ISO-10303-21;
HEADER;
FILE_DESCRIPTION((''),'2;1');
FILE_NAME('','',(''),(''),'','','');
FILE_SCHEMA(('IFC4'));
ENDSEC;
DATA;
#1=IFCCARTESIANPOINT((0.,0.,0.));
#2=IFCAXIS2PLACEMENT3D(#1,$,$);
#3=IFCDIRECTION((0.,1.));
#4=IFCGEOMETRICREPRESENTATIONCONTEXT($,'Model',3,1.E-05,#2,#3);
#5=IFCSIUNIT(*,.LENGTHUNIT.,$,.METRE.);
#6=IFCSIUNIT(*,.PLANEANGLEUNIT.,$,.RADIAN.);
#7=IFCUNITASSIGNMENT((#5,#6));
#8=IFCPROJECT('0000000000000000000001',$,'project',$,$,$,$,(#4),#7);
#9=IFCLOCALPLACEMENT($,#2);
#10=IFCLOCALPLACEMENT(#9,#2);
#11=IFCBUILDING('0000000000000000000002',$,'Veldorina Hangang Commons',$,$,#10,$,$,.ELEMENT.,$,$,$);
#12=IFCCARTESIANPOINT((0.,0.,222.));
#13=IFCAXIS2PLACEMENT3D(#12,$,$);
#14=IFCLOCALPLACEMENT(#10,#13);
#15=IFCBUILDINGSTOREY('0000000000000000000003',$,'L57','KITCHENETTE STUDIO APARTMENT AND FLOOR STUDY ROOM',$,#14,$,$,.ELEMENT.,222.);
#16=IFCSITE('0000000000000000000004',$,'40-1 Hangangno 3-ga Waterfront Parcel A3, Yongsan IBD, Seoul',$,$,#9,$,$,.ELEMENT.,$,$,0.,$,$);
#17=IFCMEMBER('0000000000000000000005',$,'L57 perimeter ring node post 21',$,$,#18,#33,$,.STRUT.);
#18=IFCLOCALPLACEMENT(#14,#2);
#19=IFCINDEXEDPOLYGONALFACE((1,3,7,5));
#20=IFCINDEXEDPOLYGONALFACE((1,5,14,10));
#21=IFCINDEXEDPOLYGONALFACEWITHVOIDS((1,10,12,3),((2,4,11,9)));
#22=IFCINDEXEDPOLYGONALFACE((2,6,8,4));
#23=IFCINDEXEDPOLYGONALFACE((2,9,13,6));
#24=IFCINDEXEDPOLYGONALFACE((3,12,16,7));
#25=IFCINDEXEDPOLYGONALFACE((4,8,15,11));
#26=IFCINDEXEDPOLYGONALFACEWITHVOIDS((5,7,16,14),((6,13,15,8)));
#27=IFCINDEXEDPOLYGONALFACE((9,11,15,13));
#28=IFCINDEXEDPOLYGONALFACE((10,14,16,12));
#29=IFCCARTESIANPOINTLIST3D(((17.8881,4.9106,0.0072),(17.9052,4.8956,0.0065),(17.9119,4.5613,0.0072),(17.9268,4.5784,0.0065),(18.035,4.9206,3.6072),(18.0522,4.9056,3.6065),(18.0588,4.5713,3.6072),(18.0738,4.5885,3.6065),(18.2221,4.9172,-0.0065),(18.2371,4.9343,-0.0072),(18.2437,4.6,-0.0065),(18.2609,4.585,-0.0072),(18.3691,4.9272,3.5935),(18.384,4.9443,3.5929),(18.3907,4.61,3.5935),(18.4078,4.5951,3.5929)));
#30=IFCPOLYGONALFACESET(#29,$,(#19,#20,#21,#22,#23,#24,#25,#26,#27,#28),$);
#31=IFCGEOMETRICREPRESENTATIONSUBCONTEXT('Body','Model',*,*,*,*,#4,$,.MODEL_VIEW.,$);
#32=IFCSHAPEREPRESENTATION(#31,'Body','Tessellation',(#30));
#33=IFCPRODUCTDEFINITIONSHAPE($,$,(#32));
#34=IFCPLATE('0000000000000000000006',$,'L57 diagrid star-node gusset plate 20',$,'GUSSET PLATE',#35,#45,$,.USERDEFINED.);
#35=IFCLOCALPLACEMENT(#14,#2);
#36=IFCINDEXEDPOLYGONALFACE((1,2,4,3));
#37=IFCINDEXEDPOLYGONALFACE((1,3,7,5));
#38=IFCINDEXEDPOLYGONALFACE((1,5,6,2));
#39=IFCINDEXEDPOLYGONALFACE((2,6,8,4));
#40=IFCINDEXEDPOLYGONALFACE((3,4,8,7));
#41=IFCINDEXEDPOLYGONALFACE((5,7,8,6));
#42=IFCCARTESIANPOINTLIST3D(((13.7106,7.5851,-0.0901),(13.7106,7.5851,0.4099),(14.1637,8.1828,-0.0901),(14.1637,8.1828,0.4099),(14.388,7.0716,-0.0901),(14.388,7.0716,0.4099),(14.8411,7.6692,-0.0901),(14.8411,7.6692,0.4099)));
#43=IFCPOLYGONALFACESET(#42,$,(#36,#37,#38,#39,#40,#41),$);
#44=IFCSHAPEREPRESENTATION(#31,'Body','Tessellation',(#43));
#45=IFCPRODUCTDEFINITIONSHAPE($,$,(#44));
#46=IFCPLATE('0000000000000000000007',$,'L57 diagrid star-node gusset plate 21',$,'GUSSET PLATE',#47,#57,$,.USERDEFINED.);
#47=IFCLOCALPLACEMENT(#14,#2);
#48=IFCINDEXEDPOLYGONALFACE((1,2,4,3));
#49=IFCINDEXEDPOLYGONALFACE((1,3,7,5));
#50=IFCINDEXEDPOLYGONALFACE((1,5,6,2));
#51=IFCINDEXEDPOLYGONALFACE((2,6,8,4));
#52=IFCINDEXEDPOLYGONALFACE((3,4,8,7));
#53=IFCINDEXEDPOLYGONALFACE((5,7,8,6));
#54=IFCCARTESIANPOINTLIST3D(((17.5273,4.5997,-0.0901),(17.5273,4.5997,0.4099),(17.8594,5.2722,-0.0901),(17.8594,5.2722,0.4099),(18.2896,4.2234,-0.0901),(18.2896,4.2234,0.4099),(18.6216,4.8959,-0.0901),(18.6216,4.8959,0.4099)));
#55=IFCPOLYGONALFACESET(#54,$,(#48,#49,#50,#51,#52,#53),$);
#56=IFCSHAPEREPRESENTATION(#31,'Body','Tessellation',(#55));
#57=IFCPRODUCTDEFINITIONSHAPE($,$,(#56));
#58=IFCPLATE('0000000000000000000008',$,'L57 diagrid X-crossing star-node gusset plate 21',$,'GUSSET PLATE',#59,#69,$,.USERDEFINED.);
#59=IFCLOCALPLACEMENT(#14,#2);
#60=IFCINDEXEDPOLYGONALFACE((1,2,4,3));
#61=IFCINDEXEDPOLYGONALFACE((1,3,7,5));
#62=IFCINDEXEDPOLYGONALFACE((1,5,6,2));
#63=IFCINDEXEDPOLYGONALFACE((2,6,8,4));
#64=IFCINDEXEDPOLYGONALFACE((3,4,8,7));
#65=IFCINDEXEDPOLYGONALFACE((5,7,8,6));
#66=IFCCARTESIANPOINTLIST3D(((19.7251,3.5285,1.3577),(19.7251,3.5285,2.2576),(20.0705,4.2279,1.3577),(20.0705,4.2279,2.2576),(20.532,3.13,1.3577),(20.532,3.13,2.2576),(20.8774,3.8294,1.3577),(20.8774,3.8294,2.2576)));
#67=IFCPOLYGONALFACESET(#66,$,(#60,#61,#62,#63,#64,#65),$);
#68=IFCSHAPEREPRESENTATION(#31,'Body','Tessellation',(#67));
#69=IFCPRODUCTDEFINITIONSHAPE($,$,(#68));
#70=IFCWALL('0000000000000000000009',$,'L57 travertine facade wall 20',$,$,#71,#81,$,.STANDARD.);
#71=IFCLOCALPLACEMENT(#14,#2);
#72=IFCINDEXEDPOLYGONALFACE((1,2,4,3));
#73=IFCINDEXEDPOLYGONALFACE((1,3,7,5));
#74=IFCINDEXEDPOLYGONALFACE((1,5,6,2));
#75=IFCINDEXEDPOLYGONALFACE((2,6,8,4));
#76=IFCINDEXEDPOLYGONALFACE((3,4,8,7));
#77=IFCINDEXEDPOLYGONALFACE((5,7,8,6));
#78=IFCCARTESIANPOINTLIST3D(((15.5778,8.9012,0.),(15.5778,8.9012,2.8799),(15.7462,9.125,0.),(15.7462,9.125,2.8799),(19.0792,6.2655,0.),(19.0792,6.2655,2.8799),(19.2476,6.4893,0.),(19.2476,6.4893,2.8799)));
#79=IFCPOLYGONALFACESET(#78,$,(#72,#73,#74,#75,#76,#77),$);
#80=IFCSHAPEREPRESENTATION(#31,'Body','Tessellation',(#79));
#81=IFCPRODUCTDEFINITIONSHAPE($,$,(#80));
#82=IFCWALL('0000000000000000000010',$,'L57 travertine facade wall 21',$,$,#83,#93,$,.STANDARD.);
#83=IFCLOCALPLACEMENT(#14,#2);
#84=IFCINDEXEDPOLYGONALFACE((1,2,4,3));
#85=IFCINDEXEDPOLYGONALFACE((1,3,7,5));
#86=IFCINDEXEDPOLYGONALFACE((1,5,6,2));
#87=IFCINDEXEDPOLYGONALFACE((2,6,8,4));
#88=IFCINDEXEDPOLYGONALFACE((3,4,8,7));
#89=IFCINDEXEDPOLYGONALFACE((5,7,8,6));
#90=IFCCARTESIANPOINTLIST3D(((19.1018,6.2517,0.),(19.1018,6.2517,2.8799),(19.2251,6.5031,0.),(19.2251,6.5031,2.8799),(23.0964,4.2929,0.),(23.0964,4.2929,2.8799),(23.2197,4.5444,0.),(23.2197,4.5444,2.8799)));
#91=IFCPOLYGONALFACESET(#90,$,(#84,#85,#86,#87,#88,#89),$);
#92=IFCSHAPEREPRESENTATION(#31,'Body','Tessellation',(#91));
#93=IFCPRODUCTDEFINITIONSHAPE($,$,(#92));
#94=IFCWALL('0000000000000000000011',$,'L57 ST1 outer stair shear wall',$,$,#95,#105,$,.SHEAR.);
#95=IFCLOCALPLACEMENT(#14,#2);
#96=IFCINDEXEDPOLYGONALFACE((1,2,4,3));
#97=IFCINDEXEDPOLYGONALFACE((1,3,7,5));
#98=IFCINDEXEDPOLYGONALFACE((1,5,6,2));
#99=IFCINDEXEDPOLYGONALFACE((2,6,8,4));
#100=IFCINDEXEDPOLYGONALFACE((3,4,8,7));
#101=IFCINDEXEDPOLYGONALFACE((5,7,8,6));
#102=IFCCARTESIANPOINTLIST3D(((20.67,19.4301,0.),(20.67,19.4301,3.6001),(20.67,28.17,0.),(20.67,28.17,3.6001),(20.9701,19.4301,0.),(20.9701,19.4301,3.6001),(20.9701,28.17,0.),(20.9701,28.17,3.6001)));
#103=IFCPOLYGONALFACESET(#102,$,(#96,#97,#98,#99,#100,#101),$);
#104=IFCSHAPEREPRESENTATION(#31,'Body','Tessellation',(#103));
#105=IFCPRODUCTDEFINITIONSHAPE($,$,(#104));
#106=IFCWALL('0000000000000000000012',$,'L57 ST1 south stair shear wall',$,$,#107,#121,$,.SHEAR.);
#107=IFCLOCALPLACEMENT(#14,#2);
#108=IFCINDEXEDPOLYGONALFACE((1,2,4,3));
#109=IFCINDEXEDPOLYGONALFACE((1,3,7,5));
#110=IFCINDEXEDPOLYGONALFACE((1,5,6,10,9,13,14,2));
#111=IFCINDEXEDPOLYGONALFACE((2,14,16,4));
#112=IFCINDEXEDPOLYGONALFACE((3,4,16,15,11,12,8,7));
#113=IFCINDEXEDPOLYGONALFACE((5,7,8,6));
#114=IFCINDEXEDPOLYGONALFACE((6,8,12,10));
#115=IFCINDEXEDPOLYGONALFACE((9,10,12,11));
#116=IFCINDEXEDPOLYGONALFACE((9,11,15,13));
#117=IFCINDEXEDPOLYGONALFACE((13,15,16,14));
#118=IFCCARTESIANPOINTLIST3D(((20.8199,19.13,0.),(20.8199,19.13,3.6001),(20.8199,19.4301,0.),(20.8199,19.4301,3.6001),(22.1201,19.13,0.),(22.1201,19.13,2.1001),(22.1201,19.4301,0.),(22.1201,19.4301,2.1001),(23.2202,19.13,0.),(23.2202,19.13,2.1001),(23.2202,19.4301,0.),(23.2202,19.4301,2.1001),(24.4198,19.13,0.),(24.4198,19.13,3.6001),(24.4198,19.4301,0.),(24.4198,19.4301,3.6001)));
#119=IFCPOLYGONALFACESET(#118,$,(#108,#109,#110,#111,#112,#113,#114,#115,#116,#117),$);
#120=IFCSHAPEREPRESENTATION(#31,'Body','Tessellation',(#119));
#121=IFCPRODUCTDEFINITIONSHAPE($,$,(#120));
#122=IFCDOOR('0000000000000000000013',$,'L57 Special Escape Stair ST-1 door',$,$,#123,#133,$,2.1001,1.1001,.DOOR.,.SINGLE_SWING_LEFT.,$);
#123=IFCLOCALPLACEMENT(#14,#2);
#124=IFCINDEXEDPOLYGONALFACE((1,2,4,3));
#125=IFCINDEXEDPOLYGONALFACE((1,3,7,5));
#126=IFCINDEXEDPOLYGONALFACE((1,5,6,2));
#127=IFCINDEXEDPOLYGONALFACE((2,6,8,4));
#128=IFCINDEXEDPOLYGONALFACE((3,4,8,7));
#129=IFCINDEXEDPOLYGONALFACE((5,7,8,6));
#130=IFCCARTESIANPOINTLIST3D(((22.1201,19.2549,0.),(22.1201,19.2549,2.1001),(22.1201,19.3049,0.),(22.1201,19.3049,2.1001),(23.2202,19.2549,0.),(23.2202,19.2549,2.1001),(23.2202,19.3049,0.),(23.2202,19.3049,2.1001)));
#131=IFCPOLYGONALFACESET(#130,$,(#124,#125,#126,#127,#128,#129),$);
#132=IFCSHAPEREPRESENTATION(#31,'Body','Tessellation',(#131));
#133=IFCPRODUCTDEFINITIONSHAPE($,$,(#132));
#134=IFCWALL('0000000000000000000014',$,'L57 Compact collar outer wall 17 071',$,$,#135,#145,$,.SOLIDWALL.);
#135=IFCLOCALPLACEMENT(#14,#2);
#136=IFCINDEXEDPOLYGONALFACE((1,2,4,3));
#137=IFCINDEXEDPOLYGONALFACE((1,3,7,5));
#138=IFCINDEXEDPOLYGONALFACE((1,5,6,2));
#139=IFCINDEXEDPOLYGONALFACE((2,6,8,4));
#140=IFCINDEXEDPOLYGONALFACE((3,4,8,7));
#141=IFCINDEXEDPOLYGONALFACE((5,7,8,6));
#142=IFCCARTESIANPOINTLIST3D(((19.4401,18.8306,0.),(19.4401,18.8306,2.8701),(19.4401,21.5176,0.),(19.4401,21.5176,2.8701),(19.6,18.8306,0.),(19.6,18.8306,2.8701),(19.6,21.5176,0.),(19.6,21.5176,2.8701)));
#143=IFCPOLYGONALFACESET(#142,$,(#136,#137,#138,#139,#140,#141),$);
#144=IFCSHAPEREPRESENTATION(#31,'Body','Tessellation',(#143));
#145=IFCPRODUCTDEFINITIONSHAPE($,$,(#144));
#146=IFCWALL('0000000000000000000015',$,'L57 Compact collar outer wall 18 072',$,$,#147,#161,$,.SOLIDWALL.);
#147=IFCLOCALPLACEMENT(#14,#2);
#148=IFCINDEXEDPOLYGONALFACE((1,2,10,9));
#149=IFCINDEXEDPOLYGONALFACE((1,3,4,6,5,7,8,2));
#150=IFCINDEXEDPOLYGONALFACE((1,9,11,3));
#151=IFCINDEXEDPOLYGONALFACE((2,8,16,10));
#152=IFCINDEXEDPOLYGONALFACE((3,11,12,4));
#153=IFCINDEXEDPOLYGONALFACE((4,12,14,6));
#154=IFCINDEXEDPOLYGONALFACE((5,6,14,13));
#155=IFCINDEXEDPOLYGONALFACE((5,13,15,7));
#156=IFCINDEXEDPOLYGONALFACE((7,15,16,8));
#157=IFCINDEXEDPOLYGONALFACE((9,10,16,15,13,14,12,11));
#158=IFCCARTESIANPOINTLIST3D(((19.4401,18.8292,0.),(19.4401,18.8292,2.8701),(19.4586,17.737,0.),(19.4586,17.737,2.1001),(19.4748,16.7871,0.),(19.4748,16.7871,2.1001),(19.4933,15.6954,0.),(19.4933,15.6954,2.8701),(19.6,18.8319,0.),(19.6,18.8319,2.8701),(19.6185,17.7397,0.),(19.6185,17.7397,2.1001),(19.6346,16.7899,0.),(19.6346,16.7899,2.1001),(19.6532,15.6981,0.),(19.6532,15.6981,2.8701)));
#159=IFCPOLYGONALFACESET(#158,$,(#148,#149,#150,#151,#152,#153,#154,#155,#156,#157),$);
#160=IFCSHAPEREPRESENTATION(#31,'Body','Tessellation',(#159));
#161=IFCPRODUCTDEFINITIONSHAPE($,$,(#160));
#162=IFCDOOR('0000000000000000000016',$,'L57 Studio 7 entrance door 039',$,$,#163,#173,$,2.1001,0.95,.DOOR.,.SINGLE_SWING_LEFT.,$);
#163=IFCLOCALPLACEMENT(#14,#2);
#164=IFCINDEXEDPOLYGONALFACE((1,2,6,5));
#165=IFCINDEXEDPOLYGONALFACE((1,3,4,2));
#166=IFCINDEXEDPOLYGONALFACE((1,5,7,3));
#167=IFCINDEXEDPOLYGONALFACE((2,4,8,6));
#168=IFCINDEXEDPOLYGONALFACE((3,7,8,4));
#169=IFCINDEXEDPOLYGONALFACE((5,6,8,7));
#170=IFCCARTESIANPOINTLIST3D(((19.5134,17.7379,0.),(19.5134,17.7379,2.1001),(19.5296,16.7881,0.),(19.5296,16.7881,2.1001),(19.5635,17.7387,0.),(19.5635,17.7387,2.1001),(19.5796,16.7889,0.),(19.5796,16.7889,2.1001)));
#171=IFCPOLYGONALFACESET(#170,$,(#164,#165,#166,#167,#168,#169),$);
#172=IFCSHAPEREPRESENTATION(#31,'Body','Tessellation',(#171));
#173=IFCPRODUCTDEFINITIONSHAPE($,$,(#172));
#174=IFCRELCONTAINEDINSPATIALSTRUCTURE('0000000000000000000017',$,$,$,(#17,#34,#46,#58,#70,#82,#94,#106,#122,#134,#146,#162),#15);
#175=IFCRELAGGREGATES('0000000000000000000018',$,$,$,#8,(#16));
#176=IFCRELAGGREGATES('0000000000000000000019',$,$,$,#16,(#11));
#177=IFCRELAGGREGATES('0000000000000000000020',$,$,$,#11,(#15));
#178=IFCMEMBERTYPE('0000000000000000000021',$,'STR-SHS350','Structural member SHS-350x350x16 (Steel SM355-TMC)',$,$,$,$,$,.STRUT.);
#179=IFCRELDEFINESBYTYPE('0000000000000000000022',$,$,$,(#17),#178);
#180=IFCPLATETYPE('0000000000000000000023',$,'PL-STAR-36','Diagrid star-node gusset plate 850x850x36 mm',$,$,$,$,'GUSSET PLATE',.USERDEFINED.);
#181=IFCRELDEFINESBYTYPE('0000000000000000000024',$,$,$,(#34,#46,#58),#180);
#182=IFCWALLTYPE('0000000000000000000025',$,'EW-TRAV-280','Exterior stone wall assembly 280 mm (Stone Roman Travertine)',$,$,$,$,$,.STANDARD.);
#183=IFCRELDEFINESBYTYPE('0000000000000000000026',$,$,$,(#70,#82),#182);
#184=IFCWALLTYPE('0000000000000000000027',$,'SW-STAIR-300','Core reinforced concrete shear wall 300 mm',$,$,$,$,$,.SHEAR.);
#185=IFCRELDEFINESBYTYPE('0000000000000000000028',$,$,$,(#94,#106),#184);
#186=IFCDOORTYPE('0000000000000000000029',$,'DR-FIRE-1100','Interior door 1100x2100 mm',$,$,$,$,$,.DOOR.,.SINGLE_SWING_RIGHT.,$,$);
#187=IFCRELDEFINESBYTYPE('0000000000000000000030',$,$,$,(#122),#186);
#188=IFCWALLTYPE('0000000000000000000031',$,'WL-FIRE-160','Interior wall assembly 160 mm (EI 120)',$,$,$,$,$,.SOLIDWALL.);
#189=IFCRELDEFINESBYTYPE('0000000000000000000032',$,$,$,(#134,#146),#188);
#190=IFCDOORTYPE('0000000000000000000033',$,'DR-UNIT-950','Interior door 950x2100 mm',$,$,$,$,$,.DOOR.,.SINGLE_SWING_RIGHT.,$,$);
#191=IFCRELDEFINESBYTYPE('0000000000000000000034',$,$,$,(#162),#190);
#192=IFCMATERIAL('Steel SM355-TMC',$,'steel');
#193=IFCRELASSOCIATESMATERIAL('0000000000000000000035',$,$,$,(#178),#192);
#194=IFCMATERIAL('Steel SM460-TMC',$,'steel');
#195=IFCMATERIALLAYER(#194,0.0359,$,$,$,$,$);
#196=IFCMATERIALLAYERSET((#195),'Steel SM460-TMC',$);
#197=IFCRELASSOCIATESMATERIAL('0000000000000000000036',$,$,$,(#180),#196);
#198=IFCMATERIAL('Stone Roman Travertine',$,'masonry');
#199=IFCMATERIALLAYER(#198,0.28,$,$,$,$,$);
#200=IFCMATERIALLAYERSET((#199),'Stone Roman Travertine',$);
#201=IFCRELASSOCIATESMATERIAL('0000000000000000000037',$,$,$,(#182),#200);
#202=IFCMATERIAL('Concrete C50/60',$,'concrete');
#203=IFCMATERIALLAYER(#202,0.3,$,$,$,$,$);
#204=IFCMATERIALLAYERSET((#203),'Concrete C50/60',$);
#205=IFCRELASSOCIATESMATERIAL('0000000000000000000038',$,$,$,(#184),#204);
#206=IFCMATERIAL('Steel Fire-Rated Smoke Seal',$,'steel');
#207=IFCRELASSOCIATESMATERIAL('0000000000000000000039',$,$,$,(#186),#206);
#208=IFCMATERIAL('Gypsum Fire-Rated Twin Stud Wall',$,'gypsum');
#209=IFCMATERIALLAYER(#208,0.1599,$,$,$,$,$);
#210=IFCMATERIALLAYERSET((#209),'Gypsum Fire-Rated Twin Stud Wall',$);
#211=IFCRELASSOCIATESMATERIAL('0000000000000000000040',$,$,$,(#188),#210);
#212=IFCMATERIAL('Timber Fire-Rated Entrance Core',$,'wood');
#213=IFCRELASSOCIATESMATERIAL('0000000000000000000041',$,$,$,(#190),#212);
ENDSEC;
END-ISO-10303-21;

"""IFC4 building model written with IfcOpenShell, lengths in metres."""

from ifc_helpers import new_model, si_unit, direction, frame, frame_2d, origin, origin_2d, place, context, subcontext, project, spatial, rectangle, hollow_rectangle, extrude, material, layer, layer_set, material_profile, profile_set, type_object, element, fill, save


model = new_model("IFC4")

# Units and contexts
model_context = context("Model", 3, precision=1e-05, world=origin(), true_north=direction((0.0, 1.0)))
body_context = subcontext(model_context, "Body", "Model", "MODEL_VIEW")
ifc_project = project(units=[si_unit("LENGTHUNIT", "METRE"), si_unit("PLANEANGLEUNIT", "RADIAN")], contexts=[model_context])

# Site, building, storey
site_placement = place(None, origin())
site = spatial("IfcSite", under=ifc_project, at=site_placement, Name="40-1 Hangangno 3-ga Waterfront Parcel A3, Yongsan IBD, Seoul", CompositionType="ELEMENT", RefElevation=0.0)
building_placement = place(site_placement, origin())
building = spatial("IfcBuilding", under=site, at=building_placement, Name="Veldorina Hangang Commons", CompositionType="ELEMENT")
storey_placement = place(building_placement, frame((0.0, 0.0, 222.0)))
storey = spatial("IfcBuildingStorey", under=building, at=storey_placement, Name="L57", Description="KITCHENETTE STUDIO APARTMENT AND FLOOR STUDY ROOM", CompositionType="ELEMENT", Elevation=222.0)

# Shared definitions
ifc_material_1 = material(Name="Steel SM355-TMC", Category="steel")

# Member
ifc_material_profile_1 = material_profile(ifc_material_1, hollow_rectangle(XDim=0.3501, YDim=0.3501, WallThickness=0.0161, at=origin_2d()), Name="SHS-350x350x16")
ifc_profile_set_1 = profile_set([ifc_material_profile_1], Name="Steel SM355-TMC")
member_type_1 = type_object("IfcMemberType", Name="STR-SHS350", Description="Structural member SHS-350x350x16 (Steel SM355-TMC)", PredefinedType="STRUT", material=ifc_profile_set_1)
member_1_placement = place(storey_placement, frame((18.0745, 4.7478, 0.0), z_axis=(0.04079, 0.002778, 0.999164), x_axis=(-0.067949, 0.997689, 0.0)))
element("IfcMember", 1, at=member_1_placement, inside=storey, type_object=member_type_1, Name="L57 perimeter ring node post 21", PredefinedType="STRUT", context=body_context, shape_type="SweptSolid", body=[
    extrude(hollow_rectangle(XDim=0.3501, YDim=0.3501, WallThickness=0.0161, at=origin_2d()), origin(), (0.0, 0.0, 1.0), 3.603),
])

# Plates
ifc_material_2 = material(Name="Steel SM460-TMC", Category="steel")
ifc_layer_1 = layer(ifc_material_2, 0.0359)
ifc_layer_set_1 = layer_set([ifc_layer_1], Name="Steel SM460-TMC")
plate_type = type_object("IfcPlateType", Name="PL-STAR-36", Description="Diagrid star-node gusset plate 850x850x36 mm", ElementType="GUSSET PLATE", PredefinedType="USERDEFINED", material=ifc_layer_set_1)
for number, where, z_axis, x_axis, name in (
    (2, (14.2759, 7.6272, -0.0901), (0.0, 0.0, 1.0), (0.796889, -0.604126, 0.0), "L57 diagrid star-node gusset plate 20"),
    (3, (18.0745, 4.7478, -0.0901), (0.0, 0.0, 1.0), (0.896649, -0.442743, 0.0), "L57 diagrid star-node gusset plate 21"),
):
    element("IfcPlate", number, at=place(storey_placement, frame(where, z_axis=z_axis, x_axis=x_axis)), inside=storey, type_object=plate_type, Name=name, ObjectType="GUSSET PLATE", PredefinedType="USERDEFINED", context=body_context, shape_type="SweptSolid", body=[
        extrude(rectangle(XDim=0.8501, YDim=0.75, at=origin_2d()), origin(), (0.0, 0.0, 1.0), 0.5),
    ])
plate_placement = place(storey_placement, frame((20.3013, 3.679, 1.3577), z_axis=(0.0, 0.0, 1.0), x_axis=(0.896649, -0.442743, 0.0)))
element("IfcPlate", 4, at=plate_placement, inside=storey, type_object=plate_type, Name="L57 diagrid X-crossing star-node gusset plate 21", ObjectType="GUSSET PLATE", PredefinedType="USERDEFINED", context=body_context, shape_type="SweptSolid", body=[
    extrude(rectangle(XDim=0.8999, YDim=0.78, at=origin_2d()), origin(), (0.0, 0.0, 1.0), 0.8999),
])

# Walls
ifc_material_3 = material(Name="Stone Roman Travertine", Category="masonry")
ifc_layer_2 = layer(ifc_material_3, 0.28)
ifc_layer_set_2 = layer_set([ifc_layer_2], Name="Stone Roman Travertine")
wall_type_1 = type_object("IfcWallType", Name="EW-TRAV-280", Description="Exterior stone wall assembly 280 mm (Stone Roman Travertine)", PredefinedType="STANDARD", material=ifc_layer_set_2)
wall_1_placement = place(storey_placement, frame((15.6619, 9.0132, 0.0), z_axis=(0.0, 0.0, 1.0), x_axis=(0.798943, -0.601407, 0.0)))
element("IfcWall", 5, at=wall_1_placement, inside=storey, type_object=wall_type_1, Name="L57 travertine facade wall 20", PredefinedType="STANDARD", context=body_context, shape_type="SweptSolid", body=[
    extrude(rectangle(XDim=4.3826, YDim=0.28, at=frame_2d((2.1914, 0.0))), origin(), (0.0, 0.0, 1.0), 2.8799),
])
wall_2_placement = place(storey_placement, frame((19.1633, 6.3774, 0.0), z_axis=(0.0, 0.0, 1.0), x_axis=(0.897868, -0.440264, 0.0)))
element("IfcWall", 6, at=wall_2_placement, inside=storey, type_object=wall_type_1, Name="L57 travertine facade wall 21", PredefinedType="STANDARD", context=body_context, shape_type="SweptSolid", body=[
    extrude(rectangle(XDim=4.449, YDim=0.28, at=frame_2d((2.2246, 0.0))), origin(), (0.0, 0.0, 1.0), 2.8799),
])
ifc_material_4 = material(Name="Concrete C50/60", Category="concrete")
ifc_layer_3 = layer(ifc_material_4, 0.3)
ifc_layer_set_3 = layer_set([ifc_layer_3], Name="Concrete C50/60")
wall_type_2 = type_object("IfcWallType", Name="SW-STAIR-300", Description="Core reinforced concrete shear wall 300 mm", PredefinedType="SHEAR", material=ifc_layer_set_3)
wall_3_placement = place(storey_placement, frame((20.8201, 19.4299, 0.0), z_axis=(0.0, 0.0, 1.0), x_axis=(0.0, 1.0, 0.0)))
element("IfcWall", 7, at=wall_3_placement, inside=storey, type_object=wall_type_2, Name="L57 ST1 outer stair shear wall", PredefinedType="SHEAR", context=body_context, shape_type="SweptSolid", body=[
    extrude(rectangle(XDim=8.74, YDim=0.3, at=frame_2d((4.3701, 0.0))), origin(), (0.0, 0.0, 1.0), 3.6001),
])

# Wall, opening, door
wall_4_placement = place(storey_placement, frame((20.8201, 19.28, 0.0), z_axis=(0.0, 0.0, 1.0), x_axis=(1.0, 0.0, 0.0)))
wall_4 = element("IfcWall", 8, at=wall_4_placement, inside=storey, type_object=wall_type_2, Name="L57 ST1 south stair shear wall", PredefinedType="SHEAR", context=body_context, shape_type="SweptSolid", body=[
    extrude(rectangle(XDim=3.5999, YDim=0.3, at=frame_2d((1.7998, 0.0))), origin(), (0.0, 0.0, 1.0), 3.6001),
])
opening_1_placement = place(wall_4_placement, frame((1.3, 0.0, 0.0)))
opening_1 = element("IfcOpeningElement", 9, at=opening_1_placement, cuts=wall_4, PredefinedType="OPENING", context=body_context, shape_type="SweptSolid", body=[
    extrude(rectangle(XDim=1.1001, YDim=2.1001, at=frame_2d((0.55, 1.05))), frame((0.0, 0.1602, 0.0), z_axis=(0.0, -1.0, 0.0), x_axis=(1.0, 0.0, 0.0)), (0.0, 0.0, 1.0), 0.3201),
])
ifc_material_5 = material(Name="Steel Fire-Rated Smoke Seal", Category="steel")
door_type_1 = type_object("IfcDoorType", Name="DR-FIRE-1100", Description="Interior door 1100x2100 mm", OperationType="SINGLE_SWING_RIGHT", PredefinedType="DOOR", material=ifc_material_5)
door_1_placement = place(opening_1_placement, origin())
door_1 = element("IfcDoor", 10, at=door_1_placement, inside=storey, type_object=door_type_1, Name="L57 Special Escape Stair ST-1 door", OperationType="SINGLE_SWING_LEFT", OverallHeight=2.1001, OverallWidth=1.1001, PredefinedType="DOOR", context=body_context, shape_type="SweptSolid", body=[
    extrude(rectangle(XDim=1.1001, YDim=2.1001, at=frame_2d((0.55, 1.05))), frame((0.0, 0.0249, 0.0), z_axis=(0.0, -1.0, 0.0), x_axis=(1.0, 0.0, 0.0)), (0.0, 0.0, 1.0), 0.05),
])
fill(opening_1, door_1)

# Wall
ifc_material_6 = material(Name="Gypsum Fire-Rated Twin Stud Wall", Category="gypsum")
ifc_layer_4 = layer(ifc_material_6, 0.1599)
ifc_layer_set_4 = layer_set([ifc_layer_4], Name="Gypsum Fire-Rated Twin Stud Wall")
wall_type_3 = type_object("IfcWallType", Name="WL-FIRE-160", Description="Interior wall assembly 160 mm (EI 120)", PredefinedType="SOLIDWALL", material=ifc_layer_set_4)
wall_5_placement = place(storey_placement, frame((19.52, 21.5176, 0.0), z_axis=(0.0, 0.0, 1.0), x_axis=(0.0, -1.0, 0.0)))
element("IfcWall", 11, at=wall_5_placement, inside=storey, type_object=wall_type_3, Name="L57 Compact collar outer wall 17 071", PredefinedType="SOLIDWALL", context=body_context, shape_type="SweptSolid", body=[
    extrude(rectangle(XDim=2.687, YDim=0.1599, at=frame_2d((1.3435, 0.0))), origin(), (0.0, 0.0, 1.0), 2.8701),
])

# Wall, opening, door
wall_6_placement = place(storey_placement, frame((19.52, 18.8306, 0.0), z_axis=(0.0, 0.0, 1.0), x_axis=(0.016981, -0.999856, 0.0)))
wall_6 = element("IfcWall", 12, at=wall_6_placement, inside=storey, type_object=wall_type_3, Name="L57 Compact collar outer wall 18 072", PredefinedType="SOLIDWALL", context=body_context, shape_type="SweptSolid", body=[
    extrude(rectangle(XDim=3.1343, YDim=0.1599, at=frame_2d((1.5671, 0.0))), origin(), (0.0, 0.0, 1.0), 2.8701),
])
opening_2_placement = place(wall_6_placement, frame((1.0923, 0.0, 0.0)))
opening_2 = element("IfcOpeningElement", 13, at=opening_2_placement, cuts=wall_6, PredefinedType="OPENING", context=body_context, shape_type="SweptSolid", body=[
    extrude(rectangle(XDim=0.95, YDim=2.1001, at=frame_2d((0.4751, 1.05))), frame((0.0, 0.0898, 0.0), z_axis=(0.0, -1.0, 0.0), x_axis=(1.0, 0.0, 0.0)), (0.0, 0.0, 1.0), 0.1799),
])
ifc_material_7 = material(Name="Timber Fire-Rated Entrance Core", Category="wood")
door_type_2 = type_object("IfcDoorType", Name="DR-UNIT-950", Description="Interior door 950x2100 mm", OperationType="SINGLE_SWING_RIGHT", PredefinedType="DOOR", material=ifc_material_7)
door_2_placement = place(opening_2_placement, origin())
door_2 = element("IfcDoor", 14, at=door_2_placement, inside=storey, type_object=door_type_2, Name="L57 Studio 7 entrance door 039", OperationType="SINGLE_SWING_LEFT", OverallHeight=2.1001, OverallWidth=0.95, PredefinedType="DOOR", context=body_context, shape_type="SweptSolid", body=[
    extrude(rectangle(XDim=0.95, YDim=2.1001, at=frame_2d((0.4751, 1.05))), frame((0.0, 0.0249, 0.0), z_axis=(0.0, -1.0, 0.0), x_axis=(1.0, 0.0, 0.0)), (0.0, 0.0, 1.0), 0.05),
])
fill(opening_2, door_2)

save(model, "model.ifc")
